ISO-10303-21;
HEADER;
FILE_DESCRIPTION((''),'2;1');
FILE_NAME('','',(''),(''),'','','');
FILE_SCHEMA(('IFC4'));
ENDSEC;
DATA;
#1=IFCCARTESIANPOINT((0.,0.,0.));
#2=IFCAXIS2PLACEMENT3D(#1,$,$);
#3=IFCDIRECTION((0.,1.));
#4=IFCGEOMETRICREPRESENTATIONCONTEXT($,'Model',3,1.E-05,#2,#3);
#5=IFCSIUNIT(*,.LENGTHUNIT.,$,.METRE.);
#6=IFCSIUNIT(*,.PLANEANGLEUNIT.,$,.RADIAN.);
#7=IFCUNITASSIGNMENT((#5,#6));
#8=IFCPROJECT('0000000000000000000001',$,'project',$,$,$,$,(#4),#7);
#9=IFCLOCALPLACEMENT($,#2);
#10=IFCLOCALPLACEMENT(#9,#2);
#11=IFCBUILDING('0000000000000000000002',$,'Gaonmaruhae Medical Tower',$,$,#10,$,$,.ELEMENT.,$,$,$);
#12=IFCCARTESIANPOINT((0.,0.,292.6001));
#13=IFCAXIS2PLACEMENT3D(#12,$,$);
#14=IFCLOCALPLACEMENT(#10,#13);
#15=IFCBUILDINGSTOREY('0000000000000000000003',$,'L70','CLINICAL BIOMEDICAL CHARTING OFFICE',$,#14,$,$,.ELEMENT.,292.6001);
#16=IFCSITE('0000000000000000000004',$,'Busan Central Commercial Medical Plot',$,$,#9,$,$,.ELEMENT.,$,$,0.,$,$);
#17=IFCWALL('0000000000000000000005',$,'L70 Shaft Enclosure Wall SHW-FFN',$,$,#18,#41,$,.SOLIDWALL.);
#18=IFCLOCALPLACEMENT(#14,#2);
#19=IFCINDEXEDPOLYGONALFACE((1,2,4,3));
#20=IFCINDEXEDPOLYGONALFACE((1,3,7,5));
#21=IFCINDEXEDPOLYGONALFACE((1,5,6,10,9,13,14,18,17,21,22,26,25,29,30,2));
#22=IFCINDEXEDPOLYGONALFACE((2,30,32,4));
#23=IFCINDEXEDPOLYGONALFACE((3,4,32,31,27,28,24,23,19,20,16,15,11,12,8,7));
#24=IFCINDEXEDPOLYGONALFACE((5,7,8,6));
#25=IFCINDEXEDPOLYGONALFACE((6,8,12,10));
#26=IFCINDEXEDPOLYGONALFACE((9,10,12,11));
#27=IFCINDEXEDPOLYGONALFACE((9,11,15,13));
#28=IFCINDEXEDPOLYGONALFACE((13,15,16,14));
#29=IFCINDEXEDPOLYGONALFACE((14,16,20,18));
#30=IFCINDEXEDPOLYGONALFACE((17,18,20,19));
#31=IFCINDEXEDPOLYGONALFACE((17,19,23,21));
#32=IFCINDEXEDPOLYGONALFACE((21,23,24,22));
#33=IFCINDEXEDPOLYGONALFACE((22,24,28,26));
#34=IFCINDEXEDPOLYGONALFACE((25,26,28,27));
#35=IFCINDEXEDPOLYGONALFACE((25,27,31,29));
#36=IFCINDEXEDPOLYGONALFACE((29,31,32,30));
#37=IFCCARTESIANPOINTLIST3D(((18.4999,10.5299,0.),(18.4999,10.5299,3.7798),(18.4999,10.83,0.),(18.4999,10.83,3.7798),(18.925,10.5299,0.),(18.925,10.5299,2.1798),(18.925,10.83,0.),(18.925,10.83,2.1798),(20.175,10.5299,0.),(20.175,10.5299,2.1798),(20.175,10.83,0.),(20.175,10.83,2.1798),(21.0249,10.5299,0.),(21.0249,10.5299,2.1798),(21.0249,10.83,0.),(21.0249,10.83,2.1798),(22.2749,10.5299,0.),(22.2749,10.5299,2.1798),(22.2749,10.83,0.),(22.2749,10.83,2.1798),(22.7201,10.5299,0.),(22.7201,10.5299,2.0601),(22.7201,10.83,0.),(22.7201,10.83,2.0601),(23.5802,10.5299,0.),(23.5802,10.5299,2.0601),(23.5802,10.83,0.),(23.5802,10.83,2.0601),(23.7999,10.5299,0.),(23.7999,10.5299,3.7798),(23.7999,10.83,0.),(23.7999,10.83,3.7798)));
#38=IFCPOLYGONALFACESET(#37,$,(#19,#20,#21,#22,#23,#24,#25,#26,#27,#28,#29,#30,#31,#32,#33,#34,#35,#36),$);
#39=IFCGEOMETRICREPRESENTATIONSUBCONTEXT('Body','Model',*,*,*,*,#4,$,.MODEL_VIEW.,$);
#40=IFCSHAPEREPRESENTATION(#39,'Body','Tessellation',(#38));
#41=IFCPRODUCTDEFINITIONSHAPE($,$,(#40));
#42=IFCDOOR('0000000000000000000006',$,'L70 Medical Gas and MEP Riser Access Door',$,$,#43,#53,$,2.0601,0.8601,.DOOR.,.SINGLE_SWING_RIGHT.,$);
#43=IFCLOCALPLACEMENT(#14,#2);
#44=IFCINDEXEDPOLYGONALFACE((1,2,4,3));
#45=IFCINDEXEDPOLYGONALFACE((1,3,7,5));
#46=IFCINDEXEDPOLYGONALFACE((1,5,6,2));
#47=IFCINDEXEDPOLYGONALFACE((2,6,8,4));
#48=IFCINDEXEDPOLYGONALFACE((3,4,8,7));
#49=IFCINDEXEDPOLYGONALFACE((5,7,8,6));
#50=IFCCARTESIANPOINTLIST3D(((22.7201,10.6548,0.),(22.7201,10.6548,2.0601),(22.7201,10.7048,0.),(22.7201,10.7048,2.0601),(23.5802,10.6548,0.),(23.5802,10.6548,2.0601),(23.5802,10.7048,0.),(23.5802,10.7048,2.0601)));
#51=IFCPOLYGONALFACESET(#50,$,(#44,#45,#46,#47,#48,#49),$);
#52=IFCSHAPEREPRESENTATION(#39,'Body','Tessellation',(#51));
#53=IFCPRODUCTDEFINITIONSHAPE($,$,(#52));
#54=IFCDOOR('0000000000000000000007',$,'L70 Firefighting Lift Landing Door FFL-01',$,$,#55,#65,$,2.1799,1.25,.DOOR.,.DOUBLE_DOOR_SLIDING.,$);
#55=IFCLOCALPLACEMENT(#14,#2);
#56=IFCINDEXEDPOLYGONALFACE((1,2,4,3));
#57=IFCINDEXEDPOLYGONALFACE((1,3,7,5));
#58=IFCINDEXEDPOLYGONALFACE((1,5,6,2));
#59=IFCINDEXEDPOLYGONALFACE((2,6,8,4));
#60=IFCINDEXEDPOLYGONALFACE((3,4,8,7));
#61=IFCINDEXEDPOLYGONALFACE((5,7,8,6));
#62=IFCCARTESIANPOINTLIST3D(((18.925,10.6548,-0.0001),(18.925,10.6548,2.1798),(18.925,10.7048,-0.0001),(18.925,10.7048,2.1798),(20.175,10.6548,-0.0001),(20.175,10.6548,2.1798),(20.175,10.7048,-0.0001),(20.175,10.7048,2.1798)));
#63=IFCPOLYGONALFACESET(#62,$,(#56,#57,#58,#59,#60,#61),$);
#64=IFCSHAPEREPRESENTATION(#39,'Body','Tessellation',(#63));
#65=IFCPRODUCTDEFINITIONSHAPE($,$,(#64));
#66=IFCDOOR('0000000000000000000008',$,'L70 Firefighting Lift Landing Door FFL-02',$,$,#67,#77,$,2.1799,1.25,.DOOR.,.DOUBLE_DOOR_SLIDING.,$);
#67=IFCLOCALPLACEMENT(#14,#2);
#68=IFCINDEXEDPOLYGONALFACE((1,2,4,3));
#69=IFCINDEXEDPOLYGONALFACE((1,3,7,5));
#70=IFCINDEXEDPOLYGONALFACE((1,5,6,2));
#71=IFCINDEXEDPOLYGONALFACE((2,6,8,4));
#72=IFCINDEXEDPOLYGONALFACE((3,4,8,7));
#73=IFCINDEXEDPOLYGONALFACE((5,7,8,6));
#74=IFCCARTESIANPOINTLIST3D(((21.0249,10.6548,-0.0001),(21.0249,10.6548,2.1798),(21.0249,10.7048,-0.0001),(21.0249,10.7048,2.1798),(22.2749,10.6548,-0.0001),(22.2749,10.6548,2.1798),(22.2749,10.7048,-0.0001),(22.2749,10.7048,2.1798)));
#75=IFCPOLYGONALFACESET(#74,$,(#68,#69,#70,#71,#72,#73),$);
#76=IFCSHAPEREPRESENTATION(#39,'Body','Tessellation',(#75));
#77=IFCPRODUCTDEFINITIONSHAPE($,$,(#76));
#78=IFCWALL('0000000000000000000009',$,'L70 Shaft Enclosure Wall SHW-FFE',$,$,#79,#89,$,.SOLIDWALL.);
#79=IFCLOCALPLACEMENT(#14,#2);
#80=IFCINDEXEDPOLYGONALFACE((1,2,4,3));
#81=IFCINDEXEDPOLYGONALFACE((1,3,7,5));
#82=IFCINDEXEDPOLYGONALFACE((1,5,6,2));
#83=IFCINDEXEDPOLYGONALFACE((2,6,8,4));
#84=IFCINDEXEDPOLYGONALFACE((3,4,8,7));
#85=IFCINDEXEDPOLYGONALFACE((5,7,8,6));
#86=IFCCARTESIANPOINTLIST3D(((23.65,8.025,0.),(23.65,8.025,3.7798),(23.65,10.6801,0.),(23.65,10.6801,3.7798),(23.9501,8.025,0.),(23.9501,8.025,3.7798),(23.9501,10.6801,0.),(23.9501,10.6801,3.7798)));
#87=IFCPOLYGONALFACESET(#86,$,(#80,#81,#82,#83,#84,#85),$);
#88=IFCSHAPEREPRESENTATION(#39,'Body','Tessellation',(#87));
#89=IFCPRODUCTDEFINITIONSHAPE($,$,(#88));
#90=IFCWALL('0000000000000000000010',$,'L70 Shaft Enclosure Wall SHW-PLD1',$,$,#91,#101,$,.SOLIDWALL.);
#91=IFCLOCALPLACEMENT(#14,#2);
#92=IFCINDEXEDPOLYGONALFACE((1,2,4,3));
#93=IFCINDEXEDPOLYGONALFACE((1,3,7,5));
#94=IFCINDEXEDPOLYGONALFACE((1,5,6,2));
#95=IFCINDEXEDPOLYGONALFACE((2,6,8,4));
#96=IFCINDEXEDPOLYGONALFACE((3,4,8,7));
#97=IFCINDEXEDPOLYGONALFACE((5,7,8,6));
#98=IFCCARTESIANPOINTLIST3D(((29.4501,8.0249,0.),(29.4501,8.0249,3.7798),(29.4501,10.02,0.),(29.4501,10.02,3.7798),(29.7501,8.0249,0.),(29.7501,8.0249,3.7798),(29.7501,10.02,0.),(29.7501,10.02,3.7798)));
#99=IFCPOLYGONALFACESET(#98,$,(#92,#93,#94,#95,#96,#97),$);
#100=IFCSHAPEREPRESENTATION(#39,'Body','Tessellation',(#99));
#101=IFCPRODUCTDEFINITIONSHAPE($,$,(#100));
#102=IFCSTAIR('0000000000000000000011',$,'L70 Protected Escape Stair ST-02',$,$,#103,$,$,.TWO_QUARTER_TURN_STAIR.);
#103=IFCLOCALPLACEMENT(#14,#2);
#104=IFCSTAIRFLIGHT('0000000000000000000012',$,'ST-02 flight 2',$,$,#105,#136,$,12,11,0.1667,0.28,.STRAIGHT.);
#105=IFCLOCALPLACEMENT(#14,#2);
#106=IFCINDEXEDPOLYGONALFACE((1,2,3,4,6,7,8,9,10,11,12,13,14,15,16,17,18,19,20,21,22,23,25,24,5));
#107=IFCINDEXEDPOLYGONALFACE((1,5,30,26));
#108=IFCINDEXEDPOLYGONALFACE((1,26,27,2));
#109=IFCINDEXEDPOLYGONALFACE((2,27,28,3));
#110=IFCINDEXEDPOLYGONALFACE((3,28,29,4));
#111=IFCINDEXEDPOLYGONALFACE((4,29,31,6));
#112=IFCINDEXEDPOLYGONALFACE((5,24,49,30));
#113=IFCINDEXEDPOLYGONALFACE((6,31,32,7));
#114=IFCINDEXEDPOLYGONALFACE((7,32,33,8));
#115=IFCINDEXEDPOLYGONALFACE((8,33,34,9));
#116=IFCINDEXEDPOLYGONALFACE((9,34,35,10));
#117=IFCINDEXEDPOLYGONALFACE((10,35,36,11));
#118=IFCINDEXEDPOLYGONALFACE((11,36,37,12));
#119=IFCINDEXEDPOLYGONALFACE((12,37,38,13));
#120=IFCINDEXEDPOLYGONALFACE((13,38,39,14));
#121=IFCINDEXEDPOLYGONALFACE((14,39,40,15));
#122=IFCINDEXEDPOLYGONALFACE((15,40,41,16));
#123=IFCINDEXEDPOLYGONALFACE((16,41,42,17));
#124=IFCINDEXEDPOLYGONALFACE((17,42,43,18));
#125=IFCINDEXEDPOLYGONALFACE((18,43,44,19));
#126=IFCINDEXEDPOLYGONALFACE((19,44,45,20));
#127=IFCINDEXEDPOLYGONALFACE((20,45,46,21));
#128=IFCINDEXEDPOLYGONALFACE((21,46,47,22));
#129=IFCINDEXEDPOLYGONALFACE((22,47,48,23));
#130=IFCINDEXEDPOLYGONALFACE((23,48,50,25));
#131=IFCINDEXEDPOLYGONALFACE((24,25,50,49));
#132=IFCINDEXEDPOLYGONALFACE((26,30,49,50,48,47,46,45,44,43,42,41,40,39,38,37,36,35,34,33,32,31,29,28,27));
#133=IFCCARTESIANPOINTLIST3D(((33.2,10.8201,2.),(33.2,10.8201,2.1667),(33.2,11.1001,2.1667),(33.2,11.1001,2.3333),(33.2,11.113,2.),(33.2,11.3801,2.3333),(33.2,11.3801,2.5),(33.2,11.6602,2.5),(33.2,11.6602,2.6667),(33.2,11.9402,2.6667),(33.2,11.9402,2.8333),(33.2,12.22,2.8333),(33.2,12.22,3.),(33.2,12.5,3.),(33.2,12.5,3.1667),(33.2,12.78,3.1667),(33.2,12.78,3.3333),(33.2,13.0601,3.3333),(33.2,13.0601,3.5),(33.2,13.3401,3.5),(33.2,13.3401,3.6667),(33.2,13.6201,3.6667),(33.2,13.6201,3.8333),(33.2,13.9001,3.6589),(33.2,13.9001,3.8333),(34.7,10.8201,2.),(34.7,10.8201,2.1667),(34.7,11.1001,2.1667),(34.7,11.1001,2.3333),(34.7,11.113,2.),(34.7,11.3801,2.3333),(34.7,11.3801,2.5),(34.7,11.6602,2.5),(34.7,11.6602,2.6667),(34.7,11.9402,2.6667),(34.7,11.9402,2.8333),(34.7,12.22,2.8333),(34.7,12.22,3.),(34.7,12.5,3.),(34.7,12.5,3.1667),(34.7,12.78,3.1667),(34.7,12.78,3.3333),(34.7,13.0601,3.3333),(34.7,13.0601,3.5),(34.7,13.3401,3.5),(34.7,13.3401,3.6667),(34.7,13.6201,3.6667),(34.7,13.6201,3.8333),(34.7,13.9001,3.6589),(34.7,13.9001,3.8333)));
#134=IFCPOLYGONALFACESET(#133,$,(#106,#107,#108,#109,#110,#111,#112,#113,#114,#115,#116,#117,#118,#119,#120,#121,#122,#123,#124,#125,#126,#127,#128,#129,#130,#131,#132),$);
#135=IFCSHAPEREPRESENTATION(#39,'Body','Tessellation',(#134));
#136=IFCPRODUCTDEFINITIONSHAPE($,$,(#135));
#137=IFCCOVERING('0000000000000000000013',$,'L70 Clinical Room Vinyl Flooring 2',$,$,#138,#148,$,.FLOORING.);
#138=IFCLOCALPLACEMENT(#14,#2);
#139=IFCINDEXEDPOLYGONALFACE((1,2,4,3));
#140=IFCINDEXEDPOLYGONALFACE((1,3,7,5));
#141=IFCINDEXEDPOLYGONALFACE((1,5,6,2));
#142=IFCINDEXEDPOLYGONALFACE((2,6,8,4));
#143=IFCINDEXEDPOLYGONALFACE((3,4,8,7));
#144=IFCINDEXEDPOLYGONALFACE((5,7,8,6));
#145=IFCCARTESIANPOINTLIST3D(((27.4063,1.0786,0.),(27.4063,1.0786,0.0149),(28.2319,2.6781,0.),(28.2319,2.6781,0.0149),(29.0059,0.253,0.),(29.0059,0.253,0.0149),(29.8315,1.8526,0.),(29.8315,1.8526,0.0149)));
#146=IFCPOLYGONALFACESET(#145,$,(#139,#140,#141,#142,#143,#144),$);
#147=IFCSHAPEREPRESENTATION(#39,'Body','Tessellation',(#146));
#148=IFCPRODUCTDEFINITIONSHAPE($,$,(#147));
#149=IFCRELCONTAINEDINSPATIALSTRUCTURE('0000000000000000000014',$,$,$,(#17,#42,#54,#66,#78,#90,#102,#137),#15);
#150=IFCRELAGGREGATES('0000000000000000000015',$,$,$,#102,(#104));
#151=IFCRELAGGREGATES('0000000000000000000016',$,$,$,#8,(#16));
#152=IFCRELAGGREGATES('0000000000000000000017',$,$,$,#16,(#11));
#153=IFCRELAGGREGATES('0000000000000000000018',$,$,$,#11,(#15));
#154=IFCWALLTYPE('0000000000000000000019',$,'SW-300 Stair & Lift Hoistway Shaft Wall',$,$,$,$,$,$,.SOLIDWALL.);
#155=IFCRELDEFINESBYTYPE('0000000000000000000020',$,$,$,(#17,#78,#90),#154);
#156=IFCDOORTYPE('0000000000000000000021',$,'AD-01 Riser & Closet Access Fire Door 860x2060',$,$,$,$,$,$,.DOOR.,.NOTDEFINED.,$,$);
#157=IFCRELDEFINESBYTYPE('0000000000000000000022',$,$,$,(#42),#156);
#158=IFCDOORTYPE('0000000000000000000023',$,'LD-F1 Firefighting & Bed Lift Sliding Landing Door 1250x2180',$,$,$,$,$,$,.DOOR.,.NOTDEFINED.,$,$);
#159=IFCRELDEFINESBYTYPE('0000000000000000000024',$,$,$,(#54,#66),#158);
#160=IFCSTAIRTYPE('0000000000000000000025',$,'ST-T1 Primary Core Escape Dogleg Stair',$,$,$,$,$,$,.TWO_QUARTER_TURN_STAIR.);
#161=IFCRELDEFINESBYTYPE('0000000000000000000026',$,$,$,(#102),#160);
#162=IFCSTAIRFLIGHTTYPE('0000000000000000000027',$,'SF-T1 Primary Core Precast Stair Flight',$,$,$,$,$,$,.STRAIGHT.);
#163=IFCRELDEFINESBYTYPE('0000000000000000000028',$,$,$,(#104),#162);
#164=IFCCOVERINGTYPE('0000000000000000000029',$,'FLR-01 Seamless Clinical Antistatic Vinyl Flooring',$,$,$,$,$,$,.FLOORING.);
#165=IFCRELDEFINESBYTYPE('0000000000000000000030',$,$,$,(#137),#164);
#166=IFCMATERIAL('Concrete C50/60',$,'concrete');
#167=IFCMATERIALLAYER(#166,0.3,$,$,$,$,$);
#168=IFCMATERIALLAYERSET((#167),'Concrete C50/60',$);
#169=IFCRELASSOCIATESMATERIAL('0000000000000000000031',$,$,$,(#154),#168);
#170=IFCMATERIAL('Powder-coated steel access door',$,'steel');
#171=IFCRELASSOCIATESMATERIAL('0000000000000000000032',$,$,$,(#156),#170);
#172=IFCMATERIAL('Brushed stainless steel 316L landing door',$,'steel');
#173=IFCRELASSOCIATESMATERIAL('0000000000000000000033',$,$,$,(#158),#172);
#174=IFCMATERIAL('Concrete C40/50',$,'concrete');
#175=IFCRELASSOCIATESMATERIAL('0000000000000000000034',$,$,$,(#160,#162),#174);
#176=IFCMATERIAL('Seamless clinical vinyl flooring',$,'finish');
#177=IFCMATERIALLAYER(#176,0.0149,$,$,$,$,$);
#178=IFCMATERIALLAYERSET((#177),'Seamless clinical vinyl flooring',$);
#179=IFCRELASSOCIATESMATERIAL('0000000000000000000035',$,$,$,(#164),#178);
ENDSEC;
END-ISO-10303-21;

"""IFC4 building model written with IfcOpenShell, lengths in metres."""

from ifc_helpers import new_model, si_unit, direction, frame, frame_2d, origin, origin_2d, place, context, subcontext, project, spatial, polyline, rectangle, outline, extrude, material, layer, layer_set, type_object, element, fill, aggregate, save


model = new_model("IFC4")

# Units and contexts
model_context = context("Model", 3, precision=1e-05, world=origin(), true_north=direction((0.0, 1.0)))
body_context = subcontext(model_context, "Body", "Model", "MODEL_VIEW")
ifc_project = project(units=[si_unit("LENGTHUNIT", "METRE"), si_unit("PLANEANGLEUNIT", "RADIAN")], contexts=[model_context])

# Site, building, storey
site_placement = place(None, origin())
site = spatial("IfcSite", under=ifc_project, at=site_placement, Name="Busan Central Commercial Medical Plot", CompositionType="ELEMENT", RefElevation=0.0)
building_placement = place(site_placement, origin())
building = spatial("IfcBuilding", under=site, at=building_placement, Name="Gaonmaruhae Medical Tower", CompositionType="ELEMENT")
storey_placement = place(building_placement, frame((0.0, 0.0, 292.6001)))
storey = spatial("IfcBuildingStorey", under=building, at=storey_placement, Name="L70", Description="CLINICAL BIOMEDICAL CHARTING OFFICE", CompositionType="ELEMENT", Elevation=292.6001)

# Shared definitions
ifc_material_1 = material(Name="Concrete C50/60", Category="concrete")

# Wall, openings, doors
ifc_layer_1 = layer(ifc_material_1, 0.3)
ifc_layer_set_1 = layer_set([ifc_layer_1], Name="Concrete C50/60")
wall_type_1 = type_object("IfcWallType", Name="SW-300 Stair & Lift Hoistway Shaft Wall", PredefinedType="SOLIDWALL", material=ifc_layer_set_1)
wall_1_placement = place(storey_placement, frame((18.5, 10.6799, 0.0), z_axis=(0.0, 0.0, 1.0), x_axis=(1.0, 0.0, 0.0)))
wall_1 = element("IfcWall", 1, at=wall_1_placement, inside=storey, type_object=wall_type_1, Name="L70 Shaft Enclosure Wall SHW-FFN", PredefinedType="SOLIDWALL", context=body_context, shape_type="SweptSolid", body=[
    extrude(rectangle(XDim=5.3, YDim=0.3, at=frame_2d((2.6499, 0.0))), origin(), (0.0, 0.0, 1.0), 3.7798),
])
opening_1_placement = place(wall_1_placement, frame((4.22, 0.0, 0.0)))
opening_1 = element("IfcOpeningElement", 2, at=opening_1_placement, cuts=wall_1, PredefinedType="OPENING", context=body_context, shape_type="SweptSolid", body=[
    extrude(rectangle(XDim=0.8601, YDim=2.0601, at=frame_2d((0.4302, 1.03))), frame((0.0, 0.1602, 0.0), z_axis=(0.0, -1.0, 0.0), x_axis=(1.0, 0.0, 0.0)), (0.0, 0.0, 1.0), 0.3201),
])
opening_2_placement = place(wall_1_placement, frame((0.425, 0.0, 0.0)))
opening_2 = element("IfcOpeningElement", 3, at=opening_2_placement, cuts=wall_1, PredefinedType="OPENING", context=body_context, shape_type="SweptSolid", body=[
    extrude(rectangle(XDim=1.25, YDim=2.1799, at=frame_2d((0.625, 1.0898))), frame((0.0, 0.1602, 0.0), z_axis=(0.0, -1.0, 0.0), x_axis=(1.0, 0.0, 0.0)), (0.0, 0.0, 1.0), 0.3201),
])
opening_3_placement = place(wall_1_placement, frame((2.5249, 0.0, 0.0)))
opening_3 = element("IfcOpeningElement", 4, at=opening_3_placement, cuts=wall_1, PredefinedType="OPENING", context=body_context, shape_type="SweptSolid", body=[
    extrude(rectangle(XDim=1.25, YDim=2.1799, at=frame_2d((0.625, 1.0898))), frame((0.0, 0.1602, 0.0), z_axis=(0.0, -1.0, 0.0), x_axis=(1.0, 0.0, 0.0)), (0.0, 0.0, 1.0), 0.3201),
])
ifc_material_2 = material(Name="Powder-coated steel access door", Category="steel")
door_type_1 = type_object("IfcDoorType", Name="AD-01 Riser & Closet Access Fire Door 860x2060", OperationType="NOTDEFINED", PredefinedType="DOOR", material=ifc_material_2)
door_1_placement = place(opening_1_placement, origin())
door_1 = element("IfcDoor", 5, at=door_1_placement, inside=storey, type_object=door_type_1, Name="L70 Medical Gas and MEP Riser Access Door", OperationType="SINGLE_SWING_RIGHT", OverallHeight=2.0601, OverallWidth=0.8601, PredefinedType="DOOR", context=body_context, shape_type="SweptSolid", body=[
    extrude(rectangle(XDim=0.8601, YDim=2.0601, at=frame_2d((0.4302, 1.03))), frame((0.0, 0.0249, 0.0), z_axis=(0.0, -1.0, 0.0), x_axis=(1.0, 0.0, 0.0)), (0.0, 0.0, 1.0), 0.05),
])
fill(opening_1, door_1)
ifc_material_3 = material(Name="Brushed stainless steel 316L landing door", Category="steel")
door_type_2 = type_object("IfcDoorType", Name="LD-F1 Firefighting & Bed Lift Sliding Landing Door 1250x2180", OperationType="NOTDEFINED", PredefinedType="DOOR", material=ifc_material_3)
door_2_placement = place(opening_2_placement, origin())
door_2 = element("IfcDoor", 6, at=door_2_placement, inside=storey, type_object=door_type_2, Name="L70 Firefighting Lift Landing Door FFL-01", OperationType="DOUBLE_DOOR_SLIDING", OverallHeight=2.1799, OverallWidth=1.25, PredefinedType="DOOR", context=body_context, shape_type="SweptSolid", body=[
    extrude(rectangle(XDim=1.25, YDim=2.1799, at=frame_2d((0.625, 1.0898))), frame((0.0, 0.0249, 0.0), z_axis=(0.0, -1.0, 0.0), x_axis=(1.0, 0.0, 0.0)), (0.0, 0.0, 1.0), 0.05),
])
fill(opening_2, door_2)
door_3_placement = place(opening_3_placement, origin())
door_3 = element("IfcDoor", 7, at=door_3_placement, inside=storey, type_object=door_type_2, Name="L70 Firefighting Lift Landing Door FFL-02", OperationType="DOUBLE_DOOR_SLIDING", OverallHeight=2.1799, OverallWidth=1.25, PredefinedType="DOOR", context=body_context, shape_type="SweptSolid", body=[
    extrude(rectangle(XDim=1.25, YDim=2.1799, at=frame_2d((0.625, 1.0898))), frame((0.0, 0.0249, 0.0), z_axis=(0.0, -1.0, 0.0), x_axis=(1.0, 0.0, 0.0)), (0.0, 0.0, 1.0), 0.05),
])
fill(opening_3, door_3)

# Wall
wall_2_placement = place(storey_placement, frame((23.8, 8.0249, 0.0), z_axis=(0.0, 0.0, 1.0), x_axis=(0.0, 1.0, 0.0)))
element("IfcWall", 8, at=wall_2_placement, inside=storey, type_object=wall_type_1, Name="L70 Shaft Enclosure Wall SHW-FFE", PredefinedType="SOLIDWALL", context=body_context, shape_type="SweptSolid", body=[
    extrude(rectangle(XDim=2.655, YDim=0.3, at=frame_2d((1.3276, 0.0))), origin(), (0.0, 0.0, 1.0), 3.7798),
])

# Wall
wall_3_placement = place(storey_placement, frame((29.6001, 8.0249, 0.0), z_axis=(0.0, 0.0, 1.0), x_axis=(0.0, 1.0, 0.0)))
element("IfcWall", 9, at=wall_3_placement, inside=storey, type_object=wall_type_1, Name="L70 Shaft Enclosure Wall SHW-PLD1", PredefinedType="SOLIDWALL", context=body_context, shape_type="SweptSolid", body=[
    extrude(rectangle(XDim=1.9951, YDim=0.3, at=frame_2d((0.9976, 0.0))), origin(), (0.0, 0.0, 1.0), 3.7798),
])

# Stair, stair flight
ifc_material_4 = material(Name="Concrete C40/50", Category="concrete")
stair_type = type_object("IfcStairType", Name="ST-T1 Primary Core Escape Dogleg Stair", PredefinedType="TWO_QUARTER_TURN_STAIR", material=ifc_material_4)
stair_placement = place(storey_placement, origin())
stair = element("IfcStair", 10, at=stair_placement, inside=storey, type_object=stair_type, Name="L70 Protected Escape Stair ST-02", PredefinedType="TWO_QUARTER_TURN_STAIR")
stair_flight_type = type_object("IfcStairFlightType", Name="SF-T1 Primary Core Precast Stair Flight", PredefinedType="STRAIGHT", material=ifc_material_4)
stair_flight_placement = place(storey_placement, frame((33.95, 10.8201, 2.0), z_axis=(0.0, 0.0, 1.0), x_axis=(0.0, 1.0, 0.0)))
stair_flight = element("IfcStairFlight", 11, at=stair_flight_placement, type_object=stair_flight_type, Name="ST-02 flight 2", NumberOfRisers=12, NumberOfTreads=11, PredefinedType="STRAIGHT", RiserHeight=0.1667, TreadLength=0.28, context=body_context, shape_type="SweptSolid", body=[
    extrude(outline(polyline([(0.0, 0.0), (0.0, 0.1667), (0.28, 0.1667), (0.28, 0.3333), (0.5601, 0.3333), (0.5601, 0.5), (0.8401, 0.5), (0.8401, 0.6667), (1.1201, 0.6667), (1.1201, 0.8333), (1.3999, 0.8333), (1.3999, 1.0), (1.6799, 1.0), (1.6799, 1.1667), (1.96, 1.1667), (1.96, 1.3333), (2.24, 1.3333), (2.24, 1.5), (2.52, 1.5), (2.52, 1.6667), (2.8, 1.6667), (2.8, 1.8333), (3.0801, 1.8333), (3.0801, 2.0), (3.0801, 1.6589), (0.293, 0.0), (0.0, 0.0)])), frame((0.0, 0.75, 0.0), z_axis=(0.0, -1.0, 0.0), x_axis=(1.0, 0.0, 0.0)), (0.0, 0.0, 1.0), 1.5),
])
aggregate(stair, [stair_flight])

# Covering
ifc_material_5 = material(Name="Seamless clinical vinyl flooring", Category="finish")
ifc_layer_2 = layer(ifc_material_5, 0.0149)
ifc_layer_set_2 = layer_set([ifc_layer_2], Name="Seamless clinical vinyl flooring")
covering_type = type_object("IfcCoveringType", Name="FLR-01 Seamless Clinical Antistatic Vinyl Flooring", PredefinedType="FLOORING", material=ifc_layer_set_2)
covering_placement = place(storey_placement, frame((28.6189, 1.4656, 0.0), z_axis=(0.0, 0.0, 1.0), x_axis=(0.45865, 0.888617, 0.0)))
element("IfcCovering", 12, at=covering_placement, inside=storey, type_object=covering_type, Name="L70 Clinical Room Vinyl Flooring 2", PredefinedType="FLOORING", context=body_context, shape_type="SweptSolid", body=[
    extrude(rectangle(XDim=1.8, YDim=1.8, at=origin_2d()), origin(), (0.0, 0.0, 1.0), 0.0149),
])

save(model, "model.ifc")
